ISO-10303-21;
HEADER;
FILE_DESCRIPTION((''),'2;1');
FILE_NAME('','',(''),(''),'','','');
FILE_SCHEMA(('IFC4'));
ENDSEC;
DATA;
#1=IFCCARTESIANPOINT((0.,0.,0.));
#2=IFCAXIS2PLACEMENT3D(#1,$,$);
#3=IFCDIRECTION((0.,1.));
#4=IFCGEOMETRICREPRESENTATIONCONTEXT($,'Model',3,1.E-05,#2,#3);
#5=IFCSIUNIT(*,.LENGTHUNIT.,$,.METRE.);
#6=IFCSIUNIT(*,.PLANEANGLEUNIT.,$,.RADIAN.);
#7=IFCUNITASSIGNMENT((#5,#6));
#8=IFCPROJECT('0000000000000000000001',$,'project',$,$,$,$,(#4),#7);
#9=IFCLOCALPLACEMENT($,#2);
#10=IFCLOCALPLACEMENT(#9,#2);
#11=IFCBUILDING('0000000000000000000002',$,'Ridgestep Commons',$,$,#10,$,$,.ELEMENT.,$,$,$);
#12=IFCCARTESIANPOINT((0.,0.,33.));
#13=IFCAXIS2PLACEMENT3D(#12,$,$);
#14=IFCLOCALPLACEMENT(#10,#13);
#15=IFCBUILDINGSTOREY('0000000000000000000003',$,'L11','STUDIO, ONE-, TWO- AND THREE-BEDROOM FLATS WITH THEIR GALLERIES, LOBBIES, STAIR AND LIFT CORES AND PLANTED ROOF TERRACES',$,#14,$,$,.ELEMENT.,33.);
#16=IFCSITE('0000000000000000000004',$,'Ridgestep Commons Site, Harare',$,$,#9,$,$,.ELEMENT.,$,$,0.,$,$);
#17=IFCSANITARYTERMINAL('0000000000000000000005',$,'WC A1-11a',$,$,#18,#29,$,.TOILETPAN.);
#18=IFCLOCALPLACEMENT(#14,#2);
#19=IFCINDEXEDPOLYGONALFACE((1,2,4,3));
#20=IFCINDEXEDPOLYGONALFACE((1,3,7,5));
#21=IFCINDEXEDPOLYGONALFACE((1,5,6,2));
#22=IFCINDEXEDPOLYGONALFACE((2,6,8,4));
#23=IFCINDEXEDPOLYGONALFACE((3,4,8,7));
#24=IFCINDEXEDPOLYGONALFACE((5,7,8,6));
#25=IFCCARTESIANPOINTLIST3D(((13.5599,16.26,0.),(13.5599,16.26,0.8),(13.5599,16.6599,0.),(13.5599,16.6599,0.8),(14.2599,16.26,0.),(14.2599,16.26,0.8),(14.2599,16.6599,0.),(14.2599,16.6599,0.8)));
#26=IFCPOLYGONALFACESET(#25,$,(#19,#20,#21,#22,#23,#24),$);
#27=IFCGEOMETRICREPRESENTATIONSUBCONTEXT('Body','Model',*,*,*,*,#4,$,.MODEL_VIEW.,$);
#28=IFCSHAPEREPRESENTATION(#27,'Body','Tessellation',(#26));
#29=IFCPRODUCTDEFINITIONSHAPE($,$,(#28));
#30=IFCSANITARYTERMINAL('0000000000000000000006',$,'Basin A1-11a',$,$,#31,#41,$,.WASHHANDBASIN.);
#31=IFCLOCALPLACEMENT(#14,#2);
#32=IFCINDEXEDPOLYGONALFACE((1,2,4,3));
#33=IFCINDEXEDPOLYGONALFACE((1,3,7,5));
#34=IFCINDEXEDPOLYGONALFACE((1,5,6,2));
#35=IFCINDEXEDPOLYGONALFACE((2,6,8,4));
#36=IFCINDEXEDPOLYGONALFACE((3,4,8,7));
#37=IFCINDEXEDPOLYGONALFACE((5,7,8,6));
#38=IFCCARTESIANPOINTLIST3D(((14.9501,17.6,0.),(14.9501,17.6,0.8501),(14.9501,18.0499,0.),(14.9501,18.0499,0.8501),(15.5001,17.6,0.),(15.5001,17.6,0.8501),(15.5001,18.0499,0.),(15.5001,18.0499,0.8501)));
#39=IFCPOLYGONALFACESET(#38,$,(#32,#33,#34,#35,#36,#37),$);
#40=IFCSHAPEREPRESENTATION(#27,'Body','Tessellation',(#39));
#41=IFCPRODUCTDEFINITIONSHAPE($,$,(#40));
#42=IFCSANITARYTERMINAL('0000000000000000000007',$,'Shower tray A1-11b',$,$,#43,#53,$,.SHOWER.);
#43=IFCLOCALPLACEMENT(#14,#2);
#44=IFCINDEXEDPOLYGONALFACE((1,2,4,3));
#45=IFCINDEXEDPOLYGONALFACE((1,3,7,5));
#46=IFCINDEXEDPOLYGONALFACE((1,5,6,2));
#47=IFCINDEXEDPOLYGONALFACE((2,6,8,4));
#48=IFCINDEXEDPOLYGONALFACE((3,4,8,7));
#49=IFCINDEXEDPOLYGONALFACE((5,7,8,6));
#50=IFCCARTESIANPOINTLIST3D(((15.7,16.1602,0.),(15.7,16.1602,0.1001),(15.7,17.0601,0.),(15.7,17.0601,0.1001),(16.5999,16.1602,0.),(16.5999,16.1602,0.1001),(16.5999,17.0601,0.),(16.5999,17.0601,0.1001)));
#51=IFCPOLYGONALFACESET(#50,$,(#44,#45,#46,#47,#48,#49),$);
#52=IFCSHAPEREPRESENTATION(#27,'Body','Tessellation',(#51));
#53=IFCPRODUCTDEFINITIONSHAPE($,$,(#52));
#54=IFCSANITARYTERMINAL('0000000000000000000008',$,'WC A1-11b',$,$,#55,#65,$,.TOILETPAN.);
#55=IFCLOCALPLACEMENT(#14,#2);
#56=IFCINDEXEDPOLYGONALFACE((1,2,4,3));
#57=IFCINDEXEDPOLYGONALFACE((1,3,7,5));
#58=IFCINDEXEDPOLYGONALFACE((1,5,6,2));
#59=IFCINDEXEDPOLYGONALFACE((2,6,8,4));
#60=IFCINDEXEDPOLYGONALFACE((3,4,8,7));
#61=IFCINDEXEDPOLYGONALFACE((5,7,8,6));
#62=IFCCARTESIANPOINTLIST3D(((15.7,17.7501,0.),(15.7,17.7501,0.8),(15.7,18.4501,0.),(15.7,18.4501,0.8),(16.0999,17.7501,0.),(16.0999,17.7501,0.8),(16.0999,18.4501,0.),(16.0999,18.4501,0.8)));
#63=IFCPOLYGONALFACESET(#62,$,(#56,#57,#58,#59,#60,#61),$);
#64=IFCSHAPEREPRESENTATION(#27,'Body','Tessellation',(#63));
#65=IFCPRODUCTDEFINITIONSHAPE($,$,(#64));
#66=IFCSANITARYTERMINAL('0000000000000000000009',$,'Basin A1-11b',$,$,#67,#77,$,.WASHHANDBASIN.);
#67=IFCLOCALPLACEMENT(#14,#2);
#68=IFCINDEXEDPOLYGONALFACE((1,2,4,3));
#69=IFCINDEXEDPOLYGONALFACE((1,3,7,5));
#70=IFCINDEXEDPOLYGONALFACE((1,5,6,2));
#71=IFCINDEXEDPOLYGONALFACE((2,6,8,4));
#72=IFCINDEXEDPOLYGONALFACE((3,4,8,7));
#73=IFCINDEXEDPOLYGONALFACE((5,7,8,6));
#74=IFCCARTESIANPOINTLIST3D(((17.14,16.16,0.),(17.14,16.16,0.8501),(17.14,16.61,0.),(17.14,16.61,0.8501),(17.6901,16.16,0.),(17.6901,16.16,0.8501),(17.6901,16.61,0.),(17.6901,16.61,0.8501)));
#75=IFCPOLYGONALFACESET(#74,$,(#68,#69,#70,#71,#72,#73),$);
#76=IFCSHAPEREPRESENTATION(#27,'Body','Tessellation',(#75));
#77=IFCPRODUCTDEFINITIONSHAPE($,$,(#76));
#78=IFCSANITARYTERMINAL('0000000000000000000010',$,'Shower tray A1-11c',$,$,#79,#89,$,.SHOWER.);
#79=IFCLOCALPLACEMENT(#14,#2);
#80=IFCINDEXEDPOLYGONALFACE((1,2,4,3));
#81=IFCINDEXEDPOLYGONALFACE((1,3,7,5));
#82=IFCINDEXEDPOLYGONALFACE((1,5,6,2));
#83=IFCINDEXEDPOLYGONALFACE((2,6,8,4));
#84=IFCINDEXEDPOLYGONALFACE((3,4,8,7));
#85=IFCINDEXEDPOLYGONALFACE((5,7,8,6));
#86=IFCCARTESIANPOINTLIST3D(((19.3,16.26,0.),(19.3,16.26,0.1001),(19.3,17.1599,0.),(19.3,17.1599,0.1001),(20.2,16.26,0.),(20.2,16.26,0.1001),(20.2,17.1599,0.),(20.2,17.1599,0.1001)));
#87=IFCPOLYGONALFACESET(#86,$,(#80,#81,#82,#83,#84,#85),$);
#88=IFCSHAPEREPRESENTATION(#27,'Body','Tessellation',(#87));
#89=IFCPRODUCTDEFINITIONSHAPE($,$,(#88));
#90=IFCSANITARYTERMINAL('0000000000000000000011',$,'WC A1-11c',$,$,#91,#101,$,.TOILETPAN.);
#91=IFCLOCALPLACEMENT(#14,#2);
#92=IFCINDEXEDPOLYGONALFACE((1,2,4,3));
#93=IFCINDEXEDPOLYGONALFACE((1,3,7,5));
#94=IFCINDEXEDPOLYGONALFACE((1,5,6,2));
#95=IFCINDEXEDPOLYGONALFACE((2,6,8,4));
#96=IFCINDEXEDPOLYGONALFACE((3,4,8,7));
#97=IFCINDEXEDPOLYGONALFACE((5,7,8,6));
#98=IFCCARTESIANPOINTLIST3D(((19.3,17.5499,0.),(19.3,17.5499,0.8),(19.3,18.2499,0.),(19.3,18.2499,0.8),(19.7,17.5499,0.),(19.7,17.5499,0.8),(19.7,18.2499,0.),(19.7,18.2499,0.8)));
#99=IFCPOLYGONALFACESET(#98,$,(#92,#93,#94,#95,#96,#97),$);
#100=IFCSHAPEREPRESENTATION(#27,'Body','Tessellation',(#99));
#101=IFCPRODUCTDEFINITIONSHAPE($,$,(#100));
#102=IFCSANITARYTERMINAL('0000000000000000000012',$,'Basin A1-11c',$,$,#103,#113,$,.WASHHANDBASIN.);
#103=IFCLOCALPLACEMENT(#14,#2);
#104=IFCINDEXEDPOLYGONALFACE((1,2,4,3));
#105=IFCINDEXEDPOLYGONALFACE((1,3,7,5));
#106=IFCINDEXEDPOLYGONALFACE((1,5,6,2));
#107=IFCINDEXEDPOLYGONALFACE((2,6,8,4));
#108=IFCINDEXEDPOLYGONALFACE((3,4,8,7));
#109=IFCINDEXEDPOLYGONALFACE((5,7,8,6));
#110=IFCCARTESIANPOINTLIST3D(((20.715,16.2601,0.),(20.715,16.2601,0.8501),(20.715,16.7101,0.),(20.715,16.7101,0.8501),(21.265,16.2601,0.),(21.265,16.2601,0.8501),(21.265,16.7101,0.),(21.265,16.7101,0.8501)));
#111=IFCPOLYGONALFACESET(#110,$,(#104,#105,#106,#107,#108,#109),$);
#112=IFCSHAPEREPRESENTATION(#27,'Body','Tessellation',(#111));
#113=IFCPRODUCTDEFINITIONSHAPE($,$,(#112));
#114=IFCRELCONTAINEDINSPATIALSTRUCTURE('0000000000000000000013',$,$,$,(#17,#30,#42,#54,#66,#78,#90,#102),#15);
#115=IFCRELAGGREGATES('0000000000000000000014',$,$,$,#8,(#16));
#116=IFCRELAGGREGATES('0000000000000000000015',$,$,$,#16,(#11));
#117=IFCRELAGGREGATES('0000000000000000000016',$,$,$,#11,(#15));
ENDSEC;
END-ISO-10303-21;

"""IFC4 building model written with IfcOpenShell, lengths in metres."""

from ifc_helpers import new_model, si_unit, direction, frame, origin, origin_2d, place, context, subcontext, project, spatial, rectangle, extrude, element, save


model = new_model("IFC4")

# Units and contexts
model_context = context("Model", 3, precision=1e-05, world=origin(), true_north=direction((0.0, 1.0)))
body_context = subcontext(model_context, "Body", "Model", "MODEL_VIEW")
ifc_project = project(units=[si_unit("LENGTHUNIT", "METRE"), si_unit("PLANEANGLEUNIT", "RADIAN")], contexts=[model_context])

# Site, building, storey
site_placement = place(None, origin())
site = spatial("IfcSite", under=ifc_project, at=site_placement, Name="Ridgestep Commons Site, Harare", CompositionType="ELEMENT", RefElevation=0.0)
building_placement = place(site_placement, origin())
building = spatial("IfcBuilding", under=site, at=building_placement, Name="Ridgestep Commons", CompositionType="ELEMENT")
storey_placement = place(building_placement, frame((0.0, 0.0, 33.0)))
storey = spatial("IfcBuildingStorey", under=building, at=storey_placement, Name="L11", Description="STUDIO, ONE-, TWO- AND THREE-BEDROOM FLATS WITH THEIR GALLERIES, LOBBIES, STAIR AND LIFT CORES AND PLANTED ROOF TERRACES", CompositionType="ELEMENT", Elevation=33.0)

# Sanitary terminals
sanitary_terminal_1_placement = place(storey_placement, frame((13.9099, 16.46, 0.0), z_axis=(0.0, 0.0, 1.0), x_axis=(1.0, 0.0, 0.0)))
element("IfcSanitaryTerminal", 1, at=sanitary_terminal_1_placement, inside=storey, Name="WC A1-11a", PredefinedType="TOILETPAN", context=body_context, shape_type="SweptSolid", body=[
    extrude(rectangle(XDim=0.7, YDim=0.3999, at=origin_2d()), origin(), (0.0, 0.0, 1.0), 0.8),
])
sanitary_terminal_2_placement = place(storey_placement, frame((15.2251, 17.825, 0.0), z_axis=(0.0, 0.0, 1.0), x_axis=(1.0, 0.0, 0.0)))
element("IfcSanitaryTerminal", 2, at=sanitary_terminal_2_placement, inside=storey, Name="Basin A1-11a", PredefinedType="WASHHANDBASIN", context=body_context, shape_type="SweptSolid", body=[
    extrude(rectangle(XDim=0.55, YDim=0.45, at=origin_2d()), origin(), (0.0, 0.0, 1.0), 0.8501),
])
sanitary_terminal_3_placement = place(storey_placement, frame((16.1499, 16.6101, 0.0), z_axis=(0.0, 0.0, 1.0), x_axis=(1.0, 0.0, 0.0)))
element("IfcSanitaryTerminal", 3, at=sanitary_terminal_3_placement, inside=storey, Name="Shower tray A1-11b", PredefinedType="SHOWER", context=body_context, shape_type="SweptSolid", body=[
    extrude(rectangle(XDim=0.8999, YDim=0.8999, at=origin_2d()), origin(), (0.0, 0.0, 1.0), 0.1001),
])
sanitary_terminal_4_placement = place(storey_placement, frame((15.8999, 18.1001, 0.0), z_axis=(0.0, 0.0, 1.0), x_axis=(1.0, 0.0, 0.0)))
element("IfcSanitaryTerminal", 4, at=sanitary_terminal_4_placement, inside=storey, Name="WC A1-11b", PredefinedType="TOILETPAN", context=body_context, shape_type="SweptSolid", body=[
    extrude(rectangle(XDim=0.3999, YDim=0.7, at=origin_2d()), origin(), (0.0, 0.0, 1.0), 0.8),
])
sanitary_terminal_5_placement = place(storey_placement, frame((17.415, 16.385, 0.0), z_axis=(0.0, 0.0, 1.0), x_axis=(1.0, 0.0, 0.0)))
element("IfcSanitaryTerminal", 5, at=sanitary_terminal_5_placement, inside=storey, Name="Basin A1-11b", PredefinedType="WASHHANDBASIN", context=body_context, shape_type="SweptSolid", body=[
    extrude(rectangle(XDim=0.55, YDim=0.45, at=origin_2d()), origin(), (0.0, 0.0, 1.0), 0.8501),
])
sanitary_terminal_6_placement = place(storey_placement, frame((19.75, 16.71, 0.0), z_axis=(0.0, 0.0, 1.0), x_axis=(1.0, 0.0, 0.0)))
element("IfcSanitaryTerminal", 6, at=sanitary_terminal_6_placement, inside=storey, Name="Shower tray A1-11c", PredefinedType="SHOWER", context=body_context, shape_type="SweptSolid", body=[
    extrude(rectangle(XDim=0.8999, YDim=0.8999, at=origin_2d()), origin(), (0.0, 0.0, 1.0), 0.1001),
])
sanitary_terminal_7_placement = place(storey_placement, frame((19.5, 17.8999, 0.0), z_axis=(0.0, 0.0, 1.0), x_axis=(1.0, 0.0, 0.0)))
element("IfcSanitaryTerminal", 7, at=sanitary_terminal_7_placement, inside=storey, Name="WC A1-11c", PredefinedType="TOILETPAN", context=body_context, shape_type="SweptSolid", body=[
    extrude(rectangle(XDim=0.3999, YDim=0.7, at=origin_2d()), origin(), (0.0, 0.0, 1.0), 0.8),
])
sanitary_terminal_8_placement = place(storey_placement, frame((20.99, 16.4851, 0.0), z_axis=(0.0, 0.0, 1.0), x_axis=(1.0, 0.0, 0.0)))
element("IfcSanitaryTerminal", 8, at=sanitary_terminal_8_placement, inside=storey, Name="Basin A1-11c", PredefinedType="WASHHANDBASIN", context=body_context, shape_type="SweptSolid", body=[
    extrude(rectangle(XDim=0.55, YDim=0.45, at=origin_2d()), origin(), (0.0, 0.0, 1.0), 0.8501),
])

save(model, "model.ifc")
